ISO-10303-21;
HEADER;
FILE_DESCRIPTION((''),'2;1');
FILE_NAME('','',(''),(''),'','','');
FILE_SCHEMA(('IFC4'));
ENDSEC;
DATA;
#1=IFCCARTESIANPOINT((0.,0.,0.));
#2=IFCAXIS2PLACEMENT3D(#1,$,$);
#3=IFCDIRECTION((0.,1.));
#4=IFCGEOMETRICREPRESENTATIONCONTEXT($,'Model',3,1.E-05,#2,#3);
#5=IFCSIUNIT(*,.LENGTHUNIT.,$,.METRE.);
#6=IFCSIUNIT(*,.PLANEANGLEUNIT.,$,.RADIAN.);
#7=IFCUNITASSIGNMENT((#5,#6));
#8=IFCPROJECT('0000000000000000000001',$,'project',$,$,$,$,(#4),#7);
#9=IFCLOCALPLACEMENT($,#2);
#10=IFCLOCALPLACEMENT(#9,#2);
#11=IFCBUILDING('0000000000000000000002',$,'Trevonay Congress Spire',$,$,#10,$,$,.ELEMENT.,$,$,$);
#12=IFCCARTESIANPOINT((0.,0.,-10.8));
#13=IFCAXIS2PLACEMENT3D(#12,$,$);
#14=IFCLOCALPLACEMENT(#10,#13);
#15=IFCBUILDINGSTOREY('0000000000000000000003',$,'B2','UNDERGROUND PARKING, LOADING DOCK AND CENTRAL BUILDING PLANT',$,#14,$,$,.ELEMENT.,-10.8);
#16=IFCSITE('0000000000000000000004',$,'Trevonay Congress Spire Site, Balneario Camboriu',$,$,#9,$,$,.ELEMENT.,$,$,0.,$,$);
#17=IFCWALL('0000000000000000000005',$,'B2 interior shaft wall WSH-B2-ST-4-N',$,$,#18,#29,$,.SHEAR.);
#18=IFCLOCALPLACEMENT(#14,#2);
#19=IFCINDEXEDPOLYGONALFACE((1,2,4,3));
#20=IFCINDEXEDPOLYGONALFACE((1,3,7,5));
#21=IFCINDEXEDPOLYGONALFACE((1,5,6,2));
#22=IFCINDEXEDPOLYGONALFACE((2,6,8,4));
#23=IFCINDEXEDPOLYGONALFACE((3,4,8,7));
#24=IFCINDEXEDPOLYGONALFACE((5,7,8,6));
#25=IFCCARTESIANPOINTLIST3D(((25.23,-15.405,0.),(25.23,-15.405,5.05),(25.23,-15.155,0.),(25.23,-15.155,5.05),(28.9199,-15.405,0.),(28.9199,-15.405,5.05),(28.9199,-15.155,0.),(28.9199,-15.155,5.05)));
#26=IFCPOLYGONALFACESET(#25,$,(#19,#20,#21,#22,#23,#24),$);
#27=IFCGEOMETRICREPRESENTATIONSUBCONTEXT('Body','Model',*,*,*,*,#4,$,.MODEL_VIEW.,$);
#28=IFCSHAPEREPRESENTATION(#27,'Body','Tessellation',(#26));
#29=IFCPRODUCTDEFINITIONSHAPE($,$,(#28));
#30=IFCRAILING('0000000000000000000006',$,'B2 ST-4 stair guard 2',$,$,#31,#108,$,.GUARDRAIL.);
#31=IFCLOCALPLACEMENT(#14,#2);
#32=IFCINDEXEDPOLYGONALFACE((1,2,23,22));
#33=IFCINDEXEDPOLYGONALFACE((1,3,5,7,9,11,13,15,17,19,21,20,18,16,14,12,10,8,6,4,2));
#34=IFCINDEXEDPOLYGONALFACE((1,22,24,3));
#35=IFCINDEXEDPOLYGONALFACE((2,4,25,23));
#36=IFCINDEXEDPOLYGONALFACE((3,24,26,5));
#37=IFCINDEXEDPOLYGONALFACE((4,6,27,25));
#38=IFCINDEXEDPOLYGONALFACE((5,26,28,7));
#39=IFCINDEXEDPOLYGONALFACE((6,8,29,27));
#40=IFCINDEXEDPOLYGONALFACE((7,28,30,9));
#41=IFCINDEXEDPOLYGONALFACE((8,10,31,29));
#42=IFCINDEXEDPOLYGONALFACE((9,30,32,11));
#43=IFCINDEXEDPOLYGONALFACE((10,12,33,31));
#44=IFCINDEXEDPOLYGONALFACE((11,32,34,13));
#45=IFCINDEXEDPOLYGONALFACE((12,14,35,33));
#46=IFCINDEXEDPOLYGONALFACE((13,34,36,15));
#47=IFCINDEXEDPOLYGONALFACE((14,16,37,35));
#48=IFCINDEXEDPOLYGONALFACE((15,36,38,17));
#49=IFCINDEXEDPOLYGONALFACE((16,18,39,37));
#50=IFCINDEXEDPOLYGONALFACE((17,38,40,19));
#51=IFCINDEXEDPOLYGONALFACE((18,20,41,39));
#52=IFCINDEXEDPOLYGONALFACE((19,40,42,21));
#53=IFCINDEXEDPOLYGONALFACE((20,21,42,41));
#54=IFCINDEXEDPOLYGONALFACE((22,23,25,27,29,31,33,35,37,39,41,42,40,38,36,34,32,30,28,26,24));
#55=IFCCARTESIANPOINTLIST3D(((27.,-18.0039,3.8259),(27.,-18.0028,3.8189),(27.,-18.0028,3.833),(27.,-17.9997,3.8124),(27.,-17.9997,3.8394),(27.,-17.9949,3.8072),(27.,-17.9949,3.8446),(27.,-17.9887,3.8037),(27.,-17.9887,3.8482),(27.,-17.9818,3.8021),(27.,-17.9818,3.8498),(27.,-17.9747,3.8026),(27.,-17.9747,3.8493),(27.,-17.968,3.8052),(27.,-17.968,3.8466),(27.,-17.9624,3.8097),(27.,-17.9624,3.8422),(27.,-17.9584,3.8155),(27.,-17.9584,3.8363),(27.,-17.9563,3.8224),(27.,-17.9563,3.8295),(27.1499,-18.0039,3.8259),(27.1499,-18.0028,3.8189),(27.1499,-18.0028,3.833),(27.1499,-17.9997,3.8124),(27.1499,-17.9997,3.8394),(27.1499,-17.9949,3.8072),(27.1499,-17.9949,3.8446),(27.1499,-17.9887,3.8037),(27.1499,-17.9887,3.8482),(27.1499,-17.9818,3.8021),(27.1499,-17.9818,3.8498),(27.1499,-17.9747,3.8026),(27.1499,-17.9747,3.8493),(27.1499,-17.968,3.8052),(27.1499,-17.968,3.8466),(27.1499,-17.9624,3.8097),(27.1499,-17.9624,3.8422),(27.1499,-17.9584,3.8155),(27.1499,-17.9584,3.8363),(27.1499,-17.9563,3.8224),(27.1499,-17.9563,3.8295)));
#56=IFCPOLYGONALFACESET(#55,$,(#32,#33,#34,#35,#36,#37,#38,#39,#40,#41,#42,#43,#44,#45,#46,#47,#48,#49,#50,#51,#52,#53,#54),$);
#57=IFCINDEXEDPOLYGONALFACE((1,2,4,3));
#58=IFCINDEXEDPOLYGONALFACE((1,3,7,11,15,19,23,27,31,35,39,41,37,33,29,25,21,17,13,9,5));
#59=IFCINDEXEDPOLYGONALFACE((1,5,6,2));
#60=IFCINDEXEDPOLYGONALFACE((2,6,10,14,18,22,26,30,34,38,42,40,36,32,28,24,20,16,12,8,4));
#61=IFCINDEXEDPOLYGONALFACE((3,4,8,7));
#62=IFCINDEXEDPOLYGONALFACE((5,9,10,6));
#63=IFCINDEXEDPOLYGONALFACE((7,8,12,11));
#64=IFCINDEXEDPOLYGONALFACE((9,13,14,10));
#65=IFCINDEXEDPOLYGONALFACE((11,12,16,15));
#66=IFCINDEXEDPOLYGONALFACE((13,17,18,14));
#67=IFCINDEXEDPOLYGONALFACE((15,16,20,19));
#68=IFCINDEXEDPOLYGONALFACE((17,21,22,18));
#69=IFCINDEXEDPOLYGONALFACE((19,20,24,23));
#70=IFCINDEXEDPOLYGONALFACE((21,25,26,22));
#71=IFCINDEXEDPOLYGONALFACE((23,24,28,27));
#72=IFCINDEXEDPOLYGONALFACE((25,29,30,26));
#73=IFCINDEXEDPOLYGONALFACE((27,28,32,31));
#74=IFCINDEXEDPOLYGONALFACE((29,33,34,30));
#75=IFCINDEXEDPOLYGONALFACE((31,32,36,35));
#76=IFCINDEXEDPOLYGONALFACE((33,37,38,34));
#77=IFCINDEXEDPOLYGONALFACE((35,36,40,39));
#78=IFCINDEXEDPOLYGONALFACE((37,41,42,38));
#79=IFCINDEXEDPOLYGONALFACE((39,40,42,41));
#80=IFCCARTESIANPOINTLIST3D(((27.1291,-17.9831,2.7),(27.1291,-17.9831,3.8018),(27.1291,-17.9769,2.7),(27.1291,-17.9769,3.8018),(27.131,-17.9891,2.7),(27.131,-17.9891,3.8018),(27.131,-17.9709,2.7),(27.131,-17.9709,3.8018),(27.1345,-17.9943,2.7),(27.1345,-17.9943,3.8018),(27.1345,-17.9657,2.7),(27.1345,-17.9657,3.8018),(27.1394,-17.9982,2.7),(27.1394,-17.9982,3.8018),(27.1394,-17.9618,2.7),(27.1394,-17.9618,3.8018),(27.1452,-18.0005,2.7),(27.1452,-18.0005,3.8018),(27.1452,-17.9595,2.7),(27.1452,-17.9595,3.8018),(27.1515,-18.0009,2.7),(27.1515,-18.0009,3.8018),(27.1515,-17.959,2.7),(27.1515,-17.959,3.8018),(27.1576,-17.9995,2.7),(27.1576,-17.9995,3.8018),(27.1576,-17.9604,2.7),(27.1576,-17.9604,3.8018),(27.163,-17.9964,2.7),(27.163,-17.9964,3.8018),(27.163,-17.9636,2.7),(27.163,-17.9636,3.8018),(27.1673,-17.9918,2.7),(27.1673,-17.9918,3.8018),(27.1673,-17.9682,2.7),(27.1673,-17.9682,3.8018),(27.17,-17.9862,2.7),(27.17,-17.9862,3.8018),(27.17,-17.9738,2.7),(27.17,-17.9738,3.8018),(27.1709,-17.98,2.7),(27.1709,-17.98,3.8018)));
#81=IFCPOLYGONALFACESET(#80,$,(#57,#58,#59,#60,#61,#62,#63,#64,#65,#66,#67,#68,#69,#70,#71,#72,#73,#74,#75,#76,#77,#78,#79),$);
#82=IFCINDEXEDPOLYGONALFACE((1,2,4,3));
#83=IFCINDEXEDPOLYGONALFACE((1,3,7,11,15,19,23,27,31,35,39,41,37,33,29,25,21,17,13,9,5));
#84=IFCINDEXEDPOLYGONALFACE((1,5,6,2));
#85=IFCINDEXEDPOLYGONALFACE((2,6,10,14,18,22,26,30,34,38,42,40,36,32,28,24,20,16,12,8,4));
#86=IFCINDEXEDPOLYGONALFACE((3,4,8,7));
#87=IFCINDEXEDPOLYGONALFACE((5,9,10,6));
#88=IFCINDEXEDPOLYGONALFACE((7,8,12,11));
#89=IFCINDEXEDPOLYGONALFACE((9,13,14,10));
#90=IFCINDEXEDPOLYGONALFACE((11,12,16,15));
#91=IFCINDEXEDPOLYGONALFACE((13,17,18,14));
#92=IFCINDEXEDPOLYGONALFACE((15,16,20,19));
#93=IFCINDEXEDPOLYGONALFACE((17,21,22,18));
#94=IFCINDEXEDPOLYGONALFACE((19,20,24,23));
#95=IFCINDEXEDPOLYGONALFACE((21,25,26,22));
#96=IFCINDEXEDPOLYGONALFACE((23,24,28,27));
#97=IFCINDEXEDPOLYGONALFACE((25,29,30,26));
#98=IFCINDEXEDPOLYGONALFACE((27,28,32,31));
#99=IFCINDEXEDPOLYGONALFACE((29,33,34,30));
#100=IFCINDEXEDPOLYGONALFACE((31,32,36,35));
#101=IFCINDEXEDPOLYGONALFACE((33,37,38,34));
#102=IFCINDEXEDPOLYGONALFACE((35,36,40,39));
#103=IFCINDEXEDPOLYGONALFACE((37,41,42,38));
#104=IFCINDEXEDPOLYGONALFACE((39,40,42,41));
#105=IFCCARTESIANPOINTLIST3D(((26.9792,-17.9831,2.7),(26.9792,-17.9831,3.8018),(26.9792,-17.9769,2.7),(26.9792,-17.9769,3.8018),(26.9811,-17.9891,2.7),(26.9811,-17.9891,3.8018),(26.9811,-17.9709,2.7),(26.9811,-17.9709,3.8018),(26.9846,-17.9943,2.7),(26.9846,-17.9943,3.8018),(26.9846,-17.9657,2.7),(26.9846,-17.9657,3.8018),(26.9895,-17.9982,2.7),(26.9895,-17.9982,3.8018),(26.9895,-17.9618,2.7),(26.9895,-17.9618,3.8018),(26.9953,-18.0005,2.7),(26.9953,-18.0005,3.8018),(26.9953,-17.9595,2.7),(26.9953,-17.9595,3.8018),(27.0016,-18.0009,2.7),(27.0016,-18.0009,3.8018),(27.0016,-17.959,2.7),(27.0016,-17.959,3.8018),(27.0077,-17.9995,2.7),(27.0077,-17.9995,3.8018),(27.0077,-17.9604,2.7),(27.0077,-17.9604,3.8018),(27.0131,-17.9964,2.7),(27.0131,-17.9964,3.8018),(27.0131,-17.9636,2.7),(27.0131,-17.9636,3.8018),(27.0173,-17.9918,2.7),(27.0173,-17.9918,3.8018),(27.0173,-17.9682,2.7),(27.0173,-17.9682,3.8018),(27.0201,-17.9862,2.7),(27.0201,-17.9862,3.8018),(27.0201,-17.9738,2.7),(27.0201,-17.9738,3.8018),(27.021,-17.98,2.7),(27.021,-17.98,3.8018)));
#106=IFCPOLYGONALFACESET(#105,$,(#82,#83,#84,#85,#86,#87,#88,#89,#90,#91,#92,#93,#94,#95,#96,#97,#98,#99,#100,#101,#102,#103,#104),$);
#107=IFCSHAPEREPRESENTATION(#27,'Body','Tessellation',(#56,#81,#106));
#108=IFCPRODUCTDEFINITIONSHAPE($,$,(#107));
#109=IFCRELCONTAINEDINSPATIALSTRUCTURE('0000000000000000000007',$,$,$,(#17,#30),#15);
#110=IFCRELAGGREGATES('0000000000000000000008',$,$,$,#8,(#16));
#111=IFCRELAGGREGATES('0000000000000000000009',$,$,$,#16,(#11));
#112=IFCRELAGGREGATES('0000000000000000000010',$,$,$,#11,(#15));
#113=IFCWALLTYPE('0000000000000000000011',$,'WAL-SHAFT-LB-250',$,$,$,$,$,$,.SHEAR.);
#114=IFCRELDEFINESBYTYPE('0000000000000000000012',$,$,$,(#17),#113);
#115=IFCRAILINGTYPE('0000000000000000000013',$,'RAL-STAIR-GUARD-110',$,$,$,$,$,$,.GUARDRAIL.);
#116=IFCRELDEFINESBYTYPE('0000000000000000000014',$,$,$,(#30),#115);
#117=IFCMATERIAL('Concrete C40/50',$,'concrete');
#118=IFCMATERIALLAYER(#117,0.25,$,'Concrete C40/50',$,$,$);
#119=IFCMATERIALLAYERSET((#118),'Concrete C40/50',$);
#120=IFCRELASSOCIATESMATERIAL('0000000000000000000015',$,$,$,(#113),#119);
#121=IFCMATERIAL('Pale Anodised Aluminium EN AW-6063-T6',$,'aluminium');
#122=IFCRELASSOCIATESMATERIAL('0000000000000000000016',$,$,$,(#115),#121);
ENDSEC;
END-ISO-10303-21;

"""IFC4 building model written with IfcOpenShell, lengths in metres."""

from ifc_helpers import new_model, si_unit, direction, frame, frame_2d, origin, origin_2d, place, context, subcontext, project, spatial, rectangle, circle, extrude, material, layer, layer_set, type_object, element, save


model = new_model("IFC4")

# Units and contexts
model_context = context("Model", 3, precision=1e-05, world=origin(), true_north=direction((0.0, 1.0)))
body_context = subcontext(model_context, "Body", "Model", "MODEL_VIEW")
ifc_project = project(units=[si_unit("LENGTHUNIT", "METRE"), si_unit("PLANEANGLEUNIT", "RADIAN")], contexts=[model_context])

# Site, building, storey
site_placement = place(None, origin())
site = spatial("IfcSite", under=ifc_project, at=site_placement, Name="Trevonay Congress Spire Site, Balneario Camboriu", CompositionType="ELEMENT", RefElevation=0.0)
building_placement = place(site_placement, origin())
building = spatial("IfcBuilding", under=site, at=building_placement, Name="Trevonay Congress Spire", CompositionType="ELEMENT")
storey_placement = place(building_placement, frame((0.0, 0.0, -10.8)))
storey = spatial("IfcBuildingStorey", under=building, at=storey_placement, Name="B2", Description="UNDERGROUND PARKING, LOADING DOCK AND CENTRAL BUILDING PLANT", CompositionType="ELEMENT", Elevation=-10.8)

# Wall
ifc_material_1 = material(Name="Concrete C40/50", Category="concrete")
ifc_layer = layer(ifc_material_1, 0.25, Name="Concrete C40/50")
ifc_layer_set = layer_set([ifc_layer], Name="Concrete C40/50")
wall_type = type_object("IfcWallType", Name="WAL-SHAFT-LB-250", PredefinedType="SHEAR", material=ifc_layer_set)
wall_placement = place(storey_placement, frame((25.23, -15.28, 0.0), z_axis=(0.0, 0.0, 1.0), x_axis=(1.0, 0.0, 0.0)))
element("IfcWall", 1, at=wall_placement, inside=storey, type_object=wall_type, Name="B2 interior shaft wall WSH-B2-ST-4-N", PredefinedType="SHEAR", context=body_context, shape_type="SweptSolid", body=[
    extrude(rectangle(XDim=3.6899, YDim=0.25, at=frame_2d((1.845, 0.0))), origin(), (0.0, 0.0, 1.0), 5.05),
])

# Railing
ifc_material_2 = material(Name="Pale Anodised Aluminium EN AW-6063-T6", Category="aluminium")
railing_type = type_object("IfcRailingType", Name="RAL-STAIR-GUARD-110", PredefinedType="GUARDRAIL", material=ifc_material_2)
railing_1_placement = place(storey_placement, frame((27.1499, -17.98, 2.7)))
element("IfcRailing", 2, at=railing_1_placement, inside=storey, type_object=railing_type, Name="B2 ST-4 stair guard 2", PredefinedType="GUARDRAIL", context=body_context, shape_type="SweptSolid", body=[
    extrude(circle(Radius=0.0239, at=origin_2d()), frame((0.0, 0.0, 1.126), z_axis=(-1.0, 0.0, 0.0), x_axis=(0.0, -1.0, 0.0)), (0.0, 0.0, 1.0), 0.1499),
    extrude(circle(Radius=0.021, at=origin_2d()), origin(), (0.0, 0.0, 1.0), 1.1018),
    extrude(circle(Radius=0.021, at=origin_2d()), frame((-0.1499, 0.0, 0.0)), (0.0, 0.0, 1.0), 1.1018),
])

save(model, "model.ifc")
